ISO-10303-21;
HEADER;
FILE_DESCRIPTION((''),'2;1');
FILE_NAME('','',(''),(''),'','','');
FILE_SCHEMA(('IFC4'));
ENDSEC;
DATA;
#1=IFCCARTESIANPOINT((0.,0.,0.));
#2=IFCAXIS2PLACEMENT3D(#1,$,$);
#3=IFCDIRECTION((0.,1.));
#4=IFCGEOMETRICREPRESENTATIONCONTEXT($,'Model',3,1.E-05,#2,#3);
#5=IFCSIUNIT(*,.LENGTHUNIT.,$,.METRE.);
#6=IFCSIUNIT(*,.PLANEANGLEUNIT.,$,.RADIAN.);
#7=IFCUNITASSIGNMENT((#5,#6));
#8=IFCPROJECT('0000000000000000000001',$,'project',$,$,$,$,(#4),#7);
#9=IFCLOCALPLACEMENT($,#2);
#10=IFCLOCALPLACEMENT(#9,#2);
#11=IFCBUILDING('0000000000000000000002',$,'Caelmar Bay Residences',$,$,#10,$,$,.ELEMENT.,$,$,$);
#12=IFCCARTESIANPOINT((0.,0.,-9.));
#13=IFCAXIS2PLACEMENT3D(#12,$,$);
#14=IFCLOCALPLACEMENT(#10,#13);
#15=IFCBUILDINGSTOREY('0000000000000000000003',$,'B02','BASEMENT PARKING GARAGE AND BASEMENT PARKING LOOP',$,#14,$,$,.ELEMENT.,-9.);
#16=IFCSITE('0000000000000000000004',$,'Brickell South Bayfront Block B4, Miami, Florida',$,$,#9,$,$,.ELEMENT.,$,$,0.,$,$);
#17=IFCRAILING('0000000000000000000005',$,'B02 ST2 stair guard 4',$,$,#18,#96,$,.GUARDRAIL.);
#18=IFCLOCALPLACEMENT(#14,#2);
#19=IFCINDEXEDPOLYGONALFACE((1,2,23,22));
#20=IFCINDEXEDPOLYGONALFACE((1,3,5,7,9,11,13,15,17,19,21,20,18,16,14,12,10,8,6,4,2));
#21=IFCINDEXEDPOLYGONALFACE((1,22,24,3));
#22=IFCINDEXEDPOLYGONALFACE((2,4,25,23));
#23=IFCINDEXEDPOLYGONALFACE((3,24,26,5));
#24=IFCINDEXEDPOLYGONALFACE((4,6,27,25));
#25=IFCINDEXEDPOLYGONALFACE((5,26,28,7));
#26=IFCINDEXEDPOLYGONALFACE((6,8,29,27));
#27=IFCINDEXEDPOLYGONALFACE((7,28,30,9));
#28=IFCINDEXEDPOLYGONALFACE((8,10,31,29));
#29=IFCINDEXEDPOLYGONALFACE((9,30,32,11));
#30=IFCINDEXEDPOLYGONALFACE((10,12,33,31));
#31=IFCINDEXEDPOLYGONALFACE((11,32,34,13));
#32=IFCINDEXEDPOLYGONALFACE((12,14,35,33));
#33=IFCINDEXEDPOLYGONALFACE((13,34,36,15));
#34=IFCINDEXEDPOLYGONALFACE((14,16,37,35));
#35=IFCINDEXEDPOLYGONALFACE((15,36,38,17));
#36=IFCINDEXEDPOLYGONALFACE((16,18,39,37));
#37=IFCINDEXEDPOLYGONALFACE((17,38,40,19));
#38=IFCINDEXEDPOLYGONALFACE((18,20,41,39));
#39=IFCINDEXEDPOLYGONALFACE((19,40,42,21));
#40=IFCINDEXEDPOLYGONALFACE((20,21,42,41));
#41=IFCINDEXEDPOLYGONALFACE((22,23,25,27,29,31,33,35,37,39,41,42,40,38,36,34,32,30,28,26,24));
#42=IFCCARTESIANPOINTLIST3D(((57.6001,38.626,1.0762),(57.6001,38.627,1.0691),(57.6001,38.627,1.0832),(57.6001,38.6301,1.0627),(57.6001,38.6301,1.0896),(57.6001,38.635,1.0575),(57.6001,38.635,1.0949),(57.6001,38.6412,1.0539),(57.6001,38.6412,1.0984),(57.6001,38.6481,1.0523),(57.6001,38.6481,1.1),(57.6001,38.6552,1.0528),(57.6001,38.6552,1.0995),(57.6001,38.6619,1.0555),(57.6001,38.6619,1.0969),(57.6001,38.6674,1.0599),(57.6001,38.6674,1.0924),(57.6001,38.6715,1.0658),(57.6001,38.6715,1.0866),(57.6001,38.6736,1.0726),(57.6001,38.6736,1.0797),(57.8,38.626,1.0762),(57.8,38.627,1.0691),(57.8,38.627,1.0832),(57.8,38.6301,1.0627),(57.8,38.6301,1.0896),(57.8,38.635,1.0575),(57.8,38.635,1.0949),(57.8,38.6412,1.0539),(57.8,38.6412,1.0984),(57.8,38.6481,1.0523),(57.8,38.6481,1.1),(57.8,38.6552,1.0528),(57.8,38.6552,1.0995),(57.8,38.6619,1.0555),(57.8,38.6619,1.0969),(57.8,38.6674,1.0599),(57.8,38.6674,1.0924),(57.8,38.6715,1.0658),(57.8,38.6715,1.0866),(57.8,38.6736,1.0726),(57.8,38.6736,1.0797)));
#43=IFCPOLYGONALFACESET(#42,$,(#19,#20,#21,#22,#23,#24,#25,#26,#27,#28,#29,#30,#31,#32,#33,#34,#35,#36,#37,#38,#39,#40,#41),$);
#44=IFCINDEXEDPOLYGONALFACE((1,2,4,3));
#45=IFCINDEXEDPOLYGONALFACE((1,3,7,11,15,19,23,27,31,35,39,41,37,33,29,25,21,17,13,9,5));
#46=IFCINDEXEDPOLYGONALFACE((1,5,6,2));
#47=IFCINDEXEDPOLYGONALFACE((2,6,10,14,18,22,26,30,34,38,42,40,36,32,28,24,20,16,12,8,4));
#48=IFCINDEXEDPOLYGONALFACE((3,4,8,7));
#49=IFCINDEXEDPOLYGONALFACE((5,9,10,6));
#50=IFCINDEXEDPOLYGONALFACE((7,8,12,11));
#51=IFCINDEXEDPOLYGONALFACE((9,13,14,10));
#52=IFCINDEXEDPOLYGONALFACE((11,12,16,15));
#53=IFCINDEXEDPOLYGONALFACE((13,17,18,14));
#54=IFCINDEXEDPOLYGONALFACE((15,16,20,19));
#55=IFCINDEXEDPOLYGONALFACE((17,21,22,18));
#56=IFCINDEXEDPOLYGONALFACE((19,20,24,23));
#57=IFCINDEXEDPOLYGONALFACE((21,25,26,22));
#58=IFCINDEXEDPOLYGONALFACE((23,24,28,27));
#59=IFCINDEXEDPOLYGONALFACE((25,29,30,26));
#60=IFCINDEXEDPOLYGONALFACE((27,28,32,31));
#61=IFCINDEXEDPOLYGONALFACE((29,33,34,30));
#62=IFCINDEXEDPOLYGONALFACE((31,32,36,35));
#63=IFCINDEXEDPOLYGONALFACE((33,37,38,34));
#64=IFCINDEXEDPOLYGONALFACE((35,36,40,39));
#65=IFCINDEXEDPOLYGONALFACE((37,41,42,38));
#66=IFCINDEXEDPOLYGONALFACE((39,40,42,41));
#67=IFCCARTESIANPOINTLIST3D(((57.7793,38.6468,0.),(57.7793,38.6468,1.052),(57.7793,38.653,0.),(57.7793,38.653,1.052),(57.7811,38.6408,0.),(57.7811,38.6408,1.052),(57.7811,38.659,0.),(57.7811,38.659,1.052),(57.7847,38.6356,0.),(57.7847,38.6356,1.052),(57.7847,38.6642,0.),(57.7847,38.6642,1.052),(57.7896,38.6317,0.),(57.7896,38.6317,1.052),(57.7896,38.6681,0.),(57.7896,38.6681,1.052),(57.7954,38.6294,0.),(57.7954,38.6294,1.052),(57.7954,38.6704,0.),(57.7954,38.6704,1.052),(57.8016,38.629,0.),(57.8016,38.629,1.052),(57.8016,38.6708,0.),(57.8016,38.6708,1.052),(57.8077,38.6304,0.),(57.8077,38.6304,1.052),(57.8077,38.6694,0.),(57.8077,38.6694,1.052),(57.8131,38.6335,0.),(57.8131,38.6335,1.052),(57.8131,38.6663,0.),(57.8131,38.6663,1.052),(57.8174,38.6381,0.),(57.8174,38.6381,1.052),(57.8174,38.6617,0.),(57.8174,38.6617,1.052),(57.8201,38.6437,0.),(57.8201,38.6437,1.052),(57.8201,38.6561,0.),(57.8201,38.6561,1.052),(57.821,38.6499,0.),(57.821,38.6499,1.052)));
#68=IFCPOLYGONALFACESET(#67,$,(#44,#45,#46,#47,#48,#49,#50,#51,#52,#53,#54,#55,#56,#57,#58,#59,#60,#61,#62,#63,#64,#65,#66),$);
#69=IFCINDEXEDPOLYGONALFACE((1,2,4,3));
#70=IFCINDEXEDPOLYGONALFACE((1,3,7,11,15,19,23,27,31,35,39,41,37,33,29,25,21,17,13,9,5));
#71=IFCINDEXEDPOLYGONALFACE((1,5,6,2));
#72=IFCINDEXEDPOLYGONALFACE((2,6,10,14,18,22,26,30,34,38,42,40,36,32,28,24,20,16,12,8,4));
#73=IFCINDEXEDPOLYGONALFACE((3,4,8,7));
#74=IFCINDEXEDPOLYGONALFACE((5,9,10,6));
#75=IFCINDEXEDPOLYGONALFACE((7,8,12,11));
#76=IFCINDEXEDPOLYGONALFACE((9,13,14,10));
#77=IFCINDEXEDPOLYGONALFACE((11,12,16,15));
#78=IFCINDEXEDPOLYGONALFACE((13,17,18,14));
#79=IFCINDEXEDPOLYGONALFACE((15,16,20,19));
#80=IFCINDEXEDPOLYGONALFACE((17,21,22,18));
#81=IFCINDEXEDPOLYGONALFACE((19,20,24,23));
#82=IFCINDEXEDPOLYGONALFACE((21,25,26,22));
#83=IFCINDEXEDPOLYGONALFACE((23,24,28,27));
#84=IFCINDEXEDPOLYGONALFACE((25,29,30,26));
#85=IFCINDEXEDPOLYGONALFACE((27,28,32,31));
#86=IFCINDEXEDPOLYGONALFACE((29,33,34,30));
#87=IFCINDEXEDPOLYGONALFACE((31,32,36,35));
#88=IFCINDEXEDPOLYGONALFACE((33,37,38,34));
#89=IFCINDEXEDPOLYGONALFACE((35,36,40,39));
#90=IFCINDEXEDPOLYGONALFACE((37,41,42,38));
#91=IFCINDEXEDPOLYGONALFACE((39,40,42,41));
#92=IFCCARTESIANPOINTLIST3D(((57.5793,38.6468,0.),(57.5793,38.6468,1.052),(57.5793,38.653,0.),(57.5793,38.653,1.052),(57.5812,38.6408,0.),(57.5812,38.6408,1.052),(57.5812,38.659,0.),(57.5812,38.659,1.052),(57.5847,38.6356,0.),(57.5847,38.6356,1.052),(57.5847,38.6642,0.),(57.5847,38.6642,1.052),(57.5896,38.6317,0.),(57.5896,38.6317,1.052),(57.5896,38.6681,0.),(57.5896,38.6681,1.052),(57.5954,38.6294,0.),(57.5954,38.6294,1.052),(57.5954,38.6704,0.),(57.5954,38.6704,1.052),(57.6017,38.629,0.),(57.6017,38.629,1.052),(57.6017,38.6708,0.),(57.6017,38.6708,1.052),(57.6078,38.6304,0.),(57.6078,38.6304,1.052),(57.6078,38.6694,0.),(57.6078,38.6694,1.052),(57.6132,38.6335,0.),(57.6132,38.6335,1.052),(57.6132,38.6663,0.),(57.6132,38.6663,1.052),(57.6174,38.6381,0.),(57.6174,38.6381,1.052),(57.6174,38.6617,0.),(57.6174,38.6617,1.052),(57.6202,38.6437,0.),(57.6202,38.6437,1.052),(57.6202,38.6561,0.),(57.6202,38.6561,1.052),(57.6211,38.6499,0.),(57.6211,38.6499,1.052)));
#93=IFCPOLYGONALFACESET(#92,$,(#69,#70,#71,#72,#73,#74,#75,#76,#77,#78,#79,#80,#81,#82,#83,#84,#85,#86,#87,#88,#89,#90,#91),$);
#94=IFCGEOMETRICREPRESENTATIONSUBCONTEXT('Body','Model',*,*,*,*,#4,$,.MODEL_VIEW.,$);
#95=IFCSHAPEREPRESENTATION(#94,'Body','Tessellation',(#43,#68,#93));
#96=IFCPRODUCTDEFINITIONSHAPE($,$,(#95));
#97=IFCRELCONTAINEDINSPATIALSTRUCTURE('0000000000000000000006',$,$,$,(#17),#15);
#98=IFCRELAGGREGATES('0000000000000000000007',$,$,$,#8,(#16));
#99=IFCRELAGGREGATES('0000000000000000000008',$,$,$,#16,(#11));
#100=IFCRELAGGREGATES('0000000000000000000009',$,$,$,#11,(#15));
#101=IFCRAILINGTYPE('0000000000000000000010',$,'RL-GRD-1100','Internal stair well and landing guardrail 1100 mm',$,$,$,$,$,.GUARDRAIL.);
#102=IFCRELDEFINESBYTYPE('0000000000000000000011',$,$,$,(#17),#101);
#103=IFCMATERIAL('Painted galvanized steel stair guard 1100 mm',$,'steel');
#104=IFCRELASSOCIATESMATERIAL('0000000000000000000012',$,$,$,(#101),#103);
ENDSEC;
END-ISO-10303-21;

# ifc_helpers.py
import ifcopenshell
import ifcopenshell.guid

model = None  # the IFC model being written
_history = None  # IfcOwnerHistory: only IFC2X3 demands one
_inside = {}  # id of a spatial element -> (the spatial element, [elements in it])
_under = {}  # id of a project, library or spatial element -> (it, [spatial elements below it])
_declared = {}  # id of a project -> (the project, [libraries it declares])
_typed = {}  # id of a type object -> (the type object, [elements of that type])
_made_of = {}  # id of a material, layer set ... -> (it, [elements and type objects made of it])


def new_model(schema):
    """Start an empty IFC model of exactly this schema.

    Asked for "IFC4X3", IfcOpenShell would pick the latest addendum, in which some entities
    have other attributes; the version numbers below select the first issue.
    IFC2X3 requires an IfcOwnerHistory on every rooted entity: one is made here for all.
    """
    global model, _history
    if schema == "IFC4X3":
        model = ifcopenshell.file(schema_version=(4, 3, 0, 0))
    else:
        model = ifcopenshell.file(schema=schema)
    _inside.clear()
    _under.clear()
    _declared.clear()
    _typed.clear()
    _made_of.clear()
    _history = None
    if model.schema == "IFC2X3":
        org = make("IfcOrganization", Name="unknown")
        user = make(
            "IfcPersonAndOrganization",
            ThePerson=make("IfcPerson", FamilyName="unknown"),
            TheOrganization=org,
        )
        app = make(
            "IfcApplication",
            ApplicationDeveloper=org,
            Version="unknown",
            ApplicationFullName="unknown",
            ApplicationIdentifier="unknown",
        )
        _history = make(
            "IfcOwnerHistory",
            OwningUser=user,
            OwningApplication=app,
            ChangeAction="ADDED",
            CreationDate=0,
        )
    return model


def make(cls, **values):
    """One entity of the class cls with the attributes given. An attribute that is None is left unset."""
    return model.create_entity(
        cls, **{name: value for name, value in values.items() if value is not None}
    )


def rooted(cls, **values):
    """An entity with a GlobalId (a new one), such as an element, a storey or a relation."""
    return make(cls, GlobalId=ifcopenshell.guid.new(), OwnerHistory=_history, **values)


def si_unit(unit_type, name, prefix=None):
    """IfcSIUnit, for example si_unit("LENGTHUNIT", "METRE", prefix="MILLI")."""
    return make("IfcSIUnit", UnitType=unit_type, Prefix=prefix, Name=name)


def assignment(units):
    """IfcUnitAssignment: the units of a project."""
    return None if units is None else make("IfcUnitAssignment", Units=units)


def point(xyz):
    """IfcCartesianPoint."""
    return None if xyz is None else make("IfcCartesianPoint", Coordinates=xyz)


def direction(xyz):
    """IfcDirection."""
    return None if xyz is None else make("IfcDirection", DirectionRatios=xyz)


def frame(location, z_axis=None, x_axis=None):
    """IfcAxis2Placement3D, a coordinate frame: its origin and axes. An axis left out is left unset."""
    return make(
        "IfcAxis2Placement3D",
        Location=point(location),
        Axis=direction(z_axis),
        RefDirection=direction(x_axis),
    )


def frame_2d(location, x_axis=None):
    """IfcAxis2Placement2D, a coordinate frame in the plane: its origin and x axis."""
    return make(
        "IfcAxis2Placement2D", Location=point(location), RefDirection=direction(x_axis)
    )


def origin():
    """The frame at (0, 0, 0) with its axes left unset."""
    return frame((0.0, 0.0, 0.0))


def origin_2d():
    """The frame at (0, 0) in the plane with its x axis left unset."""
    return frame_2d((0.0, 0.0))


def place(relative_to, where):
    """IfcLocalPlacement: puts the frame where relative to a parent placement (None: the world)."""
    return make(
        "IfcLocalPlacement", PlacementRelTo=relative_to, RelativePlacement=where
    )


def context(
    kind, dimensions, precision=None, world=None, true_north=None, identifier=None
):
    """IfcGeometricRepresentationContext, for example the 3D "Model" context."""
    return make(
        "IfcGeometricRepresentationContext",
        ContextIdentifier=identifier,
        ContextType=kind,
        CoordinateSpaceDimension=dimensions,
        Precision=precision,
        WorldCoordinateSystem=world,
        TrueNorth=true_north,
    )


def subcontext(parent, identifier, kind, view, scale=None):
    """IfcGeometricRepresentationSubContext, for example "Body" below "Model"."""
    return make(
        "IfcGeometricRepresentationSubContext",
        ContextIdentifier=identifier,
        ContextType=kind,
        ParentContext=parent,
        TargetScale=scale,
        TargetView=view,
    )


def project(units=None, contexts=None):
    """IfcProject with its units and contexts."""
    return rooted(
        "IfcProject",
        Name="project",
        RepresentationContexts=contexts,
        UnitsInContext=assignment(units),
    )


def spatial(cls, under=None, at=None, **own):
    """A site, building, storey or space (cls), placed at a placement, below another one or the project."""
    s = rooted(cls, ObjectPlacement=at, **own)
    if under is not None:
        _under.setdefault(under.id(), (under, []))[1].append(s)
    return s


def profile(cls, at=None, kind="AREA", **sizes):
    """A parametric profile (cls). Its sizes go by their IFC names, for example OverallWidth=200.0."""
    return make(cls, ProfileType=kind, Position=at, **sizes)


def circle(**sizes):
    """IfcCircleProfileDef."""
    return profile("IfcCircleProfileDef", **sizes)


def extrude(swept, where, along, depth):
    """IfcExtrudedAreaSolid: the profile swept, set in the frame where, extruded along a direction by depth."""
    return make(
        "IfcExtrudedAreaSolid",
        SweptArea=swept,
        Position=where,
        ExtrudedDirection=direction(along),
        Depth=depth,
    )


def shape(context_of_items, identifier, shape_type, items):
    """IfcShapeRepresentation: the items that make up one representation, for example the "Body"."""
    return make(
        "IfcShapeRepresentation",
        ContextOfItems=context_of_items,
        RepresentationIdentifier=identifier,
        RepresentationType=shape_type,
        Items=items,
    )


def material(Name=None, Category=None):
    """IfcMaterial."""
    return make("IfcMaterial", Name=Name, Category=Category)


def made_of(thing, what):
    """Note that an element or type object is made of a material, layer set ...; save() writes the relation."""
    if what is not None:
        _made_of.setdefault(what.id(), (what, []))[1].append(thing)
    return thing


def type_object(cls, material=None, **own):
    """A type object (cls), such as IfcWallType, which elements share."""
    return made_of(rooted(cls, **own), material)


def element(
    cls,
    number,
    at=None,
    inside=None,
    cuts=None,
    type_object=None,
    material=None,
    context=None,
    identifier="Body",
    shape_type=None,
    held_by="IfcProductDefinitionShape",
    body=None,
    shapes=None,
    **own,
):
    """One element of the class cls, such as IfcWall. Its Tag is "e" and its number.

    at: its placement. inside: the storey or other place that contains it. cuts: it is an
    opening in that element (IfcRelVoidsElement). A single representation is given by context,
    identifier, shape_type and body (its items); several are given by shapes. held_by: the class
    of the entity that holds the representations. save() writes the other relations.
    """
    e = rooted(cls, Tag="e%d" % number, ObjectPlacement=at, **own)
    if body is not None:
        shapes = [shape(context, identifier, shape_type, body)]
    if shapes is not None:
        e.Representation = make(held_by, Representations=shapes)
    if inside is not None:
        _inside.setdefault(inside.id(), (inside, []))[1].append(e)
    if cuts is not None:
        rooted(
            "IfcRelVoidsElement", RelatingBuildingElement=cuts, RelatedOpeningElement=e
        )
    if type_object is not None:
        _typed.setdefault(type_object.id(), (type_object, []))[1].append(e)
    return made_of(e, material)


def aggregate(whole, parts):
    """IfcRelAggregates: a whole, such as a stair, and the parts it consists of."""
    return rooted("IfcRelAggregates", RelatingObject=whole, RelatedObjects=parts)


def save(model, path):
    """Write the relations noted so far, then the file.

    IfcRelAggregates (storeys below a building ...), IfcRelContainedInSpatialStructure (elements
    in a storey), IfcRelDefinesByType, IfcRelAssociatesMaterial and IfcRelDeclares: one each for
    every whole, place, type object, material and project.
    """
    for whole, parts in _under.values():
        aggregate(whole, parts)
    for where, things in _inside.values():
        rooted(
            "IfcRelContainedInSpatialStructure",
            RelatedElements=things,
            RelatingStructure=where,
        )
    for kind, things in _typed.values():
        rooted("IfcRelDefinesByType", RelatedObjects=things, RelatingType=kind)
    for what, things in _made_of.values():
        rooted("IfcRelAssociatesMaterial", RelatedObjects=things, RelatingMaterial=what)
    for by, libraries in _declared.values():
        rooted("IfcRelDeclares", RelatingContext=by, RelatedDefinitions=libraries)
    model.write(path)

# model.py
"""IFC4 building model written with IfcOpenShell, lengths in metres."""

from ifc_helpers import new_model, si_unit, direction, frame, origin, origin_2d, place, context, subcontext, project, spatial, circle, extrude, material, type_object, element, save


model = new_model("IFC4")

# Units and contexts
model_context = context("Model", 3, precision=1e-05, world=origin(), true_north=direction((0.0, 1.0)))
body_context = subcontext(model_context, "Body", "Model", "MODEL_VIEW")
ifc_project = project(units=[si_unit("LENGTHUNIT", "METRE"), si_unit("PLANEANGLEUNIT", "RADIAN")], contexts=[model_context])

# Site, building, storey
site_placement = place(None, origin())
site = spatial("IfcSite", under=ifc_project, at=site_placement, Name="Brickell South Bayfront Block B4, Miami, Florida", CompositionType="ELEMENT", RefElevation=0.0)
building_placement = place(site_placement, origin())
building = spatial("IfcBuilding", under=site, at=building_placement, Name="Caelmar Bay Residences", CompositionType="ELEMENT")
storey_placement = place(building_placement, frame((0.0, 0.0, -9.0)))
storey = spatial("IfcBuildingStorey", under=building, at=storey_placement, Name="B02", Description="BASEMENT PARKING GARAGE AND BASEMENT PARKING LOOP", CompositionType="ELEMENT", Elevation=-9.0)

# Railing
ifc_material_1 = material(Name="Painted galvanized steel stair guard 1100 mm", Category="steel")
railing_type_1 = type_object("IfcRailingType", Name="RL-GRD-1100", Description="Internal stair well and landing guardrail 1100 mm", PredefinedType="GUARDRAIL", material=ifc_material_1)
railing_1_placement = place(storey_placement, frame((57.8, 38.6499, 0.0)))
element("IfcRailing", 1, at=railing_1_placement, inside=storey, type_object=railing_type_1, Name="B02 ST2 stair guard 4", PredefinedType="GUARDRAIL", context=body_context, shape_type="SweptSolid", body=[
    extrude(circle(Radius=0.0239, at=origin_2d()), frame((0.0, 0.0, 1.0762), z_axis=(-1.0, 0.0, 0.0), x_axis=(0.0, -1.0, 0.0)), (0.0, 0.0, 1.0), 0.2),
    extrude(circle(Radius=0.021, at=origin_2d()), origin(), (0.0, 0.0, 1.0), 1.052),
    extrude(circle(Radius=0.021, at=origin_2d()), frame((-0.2, 0.0, 0.0)), (0.0, 0.0, 1.0), 1.052),
])

save(model, "model.ifc")
